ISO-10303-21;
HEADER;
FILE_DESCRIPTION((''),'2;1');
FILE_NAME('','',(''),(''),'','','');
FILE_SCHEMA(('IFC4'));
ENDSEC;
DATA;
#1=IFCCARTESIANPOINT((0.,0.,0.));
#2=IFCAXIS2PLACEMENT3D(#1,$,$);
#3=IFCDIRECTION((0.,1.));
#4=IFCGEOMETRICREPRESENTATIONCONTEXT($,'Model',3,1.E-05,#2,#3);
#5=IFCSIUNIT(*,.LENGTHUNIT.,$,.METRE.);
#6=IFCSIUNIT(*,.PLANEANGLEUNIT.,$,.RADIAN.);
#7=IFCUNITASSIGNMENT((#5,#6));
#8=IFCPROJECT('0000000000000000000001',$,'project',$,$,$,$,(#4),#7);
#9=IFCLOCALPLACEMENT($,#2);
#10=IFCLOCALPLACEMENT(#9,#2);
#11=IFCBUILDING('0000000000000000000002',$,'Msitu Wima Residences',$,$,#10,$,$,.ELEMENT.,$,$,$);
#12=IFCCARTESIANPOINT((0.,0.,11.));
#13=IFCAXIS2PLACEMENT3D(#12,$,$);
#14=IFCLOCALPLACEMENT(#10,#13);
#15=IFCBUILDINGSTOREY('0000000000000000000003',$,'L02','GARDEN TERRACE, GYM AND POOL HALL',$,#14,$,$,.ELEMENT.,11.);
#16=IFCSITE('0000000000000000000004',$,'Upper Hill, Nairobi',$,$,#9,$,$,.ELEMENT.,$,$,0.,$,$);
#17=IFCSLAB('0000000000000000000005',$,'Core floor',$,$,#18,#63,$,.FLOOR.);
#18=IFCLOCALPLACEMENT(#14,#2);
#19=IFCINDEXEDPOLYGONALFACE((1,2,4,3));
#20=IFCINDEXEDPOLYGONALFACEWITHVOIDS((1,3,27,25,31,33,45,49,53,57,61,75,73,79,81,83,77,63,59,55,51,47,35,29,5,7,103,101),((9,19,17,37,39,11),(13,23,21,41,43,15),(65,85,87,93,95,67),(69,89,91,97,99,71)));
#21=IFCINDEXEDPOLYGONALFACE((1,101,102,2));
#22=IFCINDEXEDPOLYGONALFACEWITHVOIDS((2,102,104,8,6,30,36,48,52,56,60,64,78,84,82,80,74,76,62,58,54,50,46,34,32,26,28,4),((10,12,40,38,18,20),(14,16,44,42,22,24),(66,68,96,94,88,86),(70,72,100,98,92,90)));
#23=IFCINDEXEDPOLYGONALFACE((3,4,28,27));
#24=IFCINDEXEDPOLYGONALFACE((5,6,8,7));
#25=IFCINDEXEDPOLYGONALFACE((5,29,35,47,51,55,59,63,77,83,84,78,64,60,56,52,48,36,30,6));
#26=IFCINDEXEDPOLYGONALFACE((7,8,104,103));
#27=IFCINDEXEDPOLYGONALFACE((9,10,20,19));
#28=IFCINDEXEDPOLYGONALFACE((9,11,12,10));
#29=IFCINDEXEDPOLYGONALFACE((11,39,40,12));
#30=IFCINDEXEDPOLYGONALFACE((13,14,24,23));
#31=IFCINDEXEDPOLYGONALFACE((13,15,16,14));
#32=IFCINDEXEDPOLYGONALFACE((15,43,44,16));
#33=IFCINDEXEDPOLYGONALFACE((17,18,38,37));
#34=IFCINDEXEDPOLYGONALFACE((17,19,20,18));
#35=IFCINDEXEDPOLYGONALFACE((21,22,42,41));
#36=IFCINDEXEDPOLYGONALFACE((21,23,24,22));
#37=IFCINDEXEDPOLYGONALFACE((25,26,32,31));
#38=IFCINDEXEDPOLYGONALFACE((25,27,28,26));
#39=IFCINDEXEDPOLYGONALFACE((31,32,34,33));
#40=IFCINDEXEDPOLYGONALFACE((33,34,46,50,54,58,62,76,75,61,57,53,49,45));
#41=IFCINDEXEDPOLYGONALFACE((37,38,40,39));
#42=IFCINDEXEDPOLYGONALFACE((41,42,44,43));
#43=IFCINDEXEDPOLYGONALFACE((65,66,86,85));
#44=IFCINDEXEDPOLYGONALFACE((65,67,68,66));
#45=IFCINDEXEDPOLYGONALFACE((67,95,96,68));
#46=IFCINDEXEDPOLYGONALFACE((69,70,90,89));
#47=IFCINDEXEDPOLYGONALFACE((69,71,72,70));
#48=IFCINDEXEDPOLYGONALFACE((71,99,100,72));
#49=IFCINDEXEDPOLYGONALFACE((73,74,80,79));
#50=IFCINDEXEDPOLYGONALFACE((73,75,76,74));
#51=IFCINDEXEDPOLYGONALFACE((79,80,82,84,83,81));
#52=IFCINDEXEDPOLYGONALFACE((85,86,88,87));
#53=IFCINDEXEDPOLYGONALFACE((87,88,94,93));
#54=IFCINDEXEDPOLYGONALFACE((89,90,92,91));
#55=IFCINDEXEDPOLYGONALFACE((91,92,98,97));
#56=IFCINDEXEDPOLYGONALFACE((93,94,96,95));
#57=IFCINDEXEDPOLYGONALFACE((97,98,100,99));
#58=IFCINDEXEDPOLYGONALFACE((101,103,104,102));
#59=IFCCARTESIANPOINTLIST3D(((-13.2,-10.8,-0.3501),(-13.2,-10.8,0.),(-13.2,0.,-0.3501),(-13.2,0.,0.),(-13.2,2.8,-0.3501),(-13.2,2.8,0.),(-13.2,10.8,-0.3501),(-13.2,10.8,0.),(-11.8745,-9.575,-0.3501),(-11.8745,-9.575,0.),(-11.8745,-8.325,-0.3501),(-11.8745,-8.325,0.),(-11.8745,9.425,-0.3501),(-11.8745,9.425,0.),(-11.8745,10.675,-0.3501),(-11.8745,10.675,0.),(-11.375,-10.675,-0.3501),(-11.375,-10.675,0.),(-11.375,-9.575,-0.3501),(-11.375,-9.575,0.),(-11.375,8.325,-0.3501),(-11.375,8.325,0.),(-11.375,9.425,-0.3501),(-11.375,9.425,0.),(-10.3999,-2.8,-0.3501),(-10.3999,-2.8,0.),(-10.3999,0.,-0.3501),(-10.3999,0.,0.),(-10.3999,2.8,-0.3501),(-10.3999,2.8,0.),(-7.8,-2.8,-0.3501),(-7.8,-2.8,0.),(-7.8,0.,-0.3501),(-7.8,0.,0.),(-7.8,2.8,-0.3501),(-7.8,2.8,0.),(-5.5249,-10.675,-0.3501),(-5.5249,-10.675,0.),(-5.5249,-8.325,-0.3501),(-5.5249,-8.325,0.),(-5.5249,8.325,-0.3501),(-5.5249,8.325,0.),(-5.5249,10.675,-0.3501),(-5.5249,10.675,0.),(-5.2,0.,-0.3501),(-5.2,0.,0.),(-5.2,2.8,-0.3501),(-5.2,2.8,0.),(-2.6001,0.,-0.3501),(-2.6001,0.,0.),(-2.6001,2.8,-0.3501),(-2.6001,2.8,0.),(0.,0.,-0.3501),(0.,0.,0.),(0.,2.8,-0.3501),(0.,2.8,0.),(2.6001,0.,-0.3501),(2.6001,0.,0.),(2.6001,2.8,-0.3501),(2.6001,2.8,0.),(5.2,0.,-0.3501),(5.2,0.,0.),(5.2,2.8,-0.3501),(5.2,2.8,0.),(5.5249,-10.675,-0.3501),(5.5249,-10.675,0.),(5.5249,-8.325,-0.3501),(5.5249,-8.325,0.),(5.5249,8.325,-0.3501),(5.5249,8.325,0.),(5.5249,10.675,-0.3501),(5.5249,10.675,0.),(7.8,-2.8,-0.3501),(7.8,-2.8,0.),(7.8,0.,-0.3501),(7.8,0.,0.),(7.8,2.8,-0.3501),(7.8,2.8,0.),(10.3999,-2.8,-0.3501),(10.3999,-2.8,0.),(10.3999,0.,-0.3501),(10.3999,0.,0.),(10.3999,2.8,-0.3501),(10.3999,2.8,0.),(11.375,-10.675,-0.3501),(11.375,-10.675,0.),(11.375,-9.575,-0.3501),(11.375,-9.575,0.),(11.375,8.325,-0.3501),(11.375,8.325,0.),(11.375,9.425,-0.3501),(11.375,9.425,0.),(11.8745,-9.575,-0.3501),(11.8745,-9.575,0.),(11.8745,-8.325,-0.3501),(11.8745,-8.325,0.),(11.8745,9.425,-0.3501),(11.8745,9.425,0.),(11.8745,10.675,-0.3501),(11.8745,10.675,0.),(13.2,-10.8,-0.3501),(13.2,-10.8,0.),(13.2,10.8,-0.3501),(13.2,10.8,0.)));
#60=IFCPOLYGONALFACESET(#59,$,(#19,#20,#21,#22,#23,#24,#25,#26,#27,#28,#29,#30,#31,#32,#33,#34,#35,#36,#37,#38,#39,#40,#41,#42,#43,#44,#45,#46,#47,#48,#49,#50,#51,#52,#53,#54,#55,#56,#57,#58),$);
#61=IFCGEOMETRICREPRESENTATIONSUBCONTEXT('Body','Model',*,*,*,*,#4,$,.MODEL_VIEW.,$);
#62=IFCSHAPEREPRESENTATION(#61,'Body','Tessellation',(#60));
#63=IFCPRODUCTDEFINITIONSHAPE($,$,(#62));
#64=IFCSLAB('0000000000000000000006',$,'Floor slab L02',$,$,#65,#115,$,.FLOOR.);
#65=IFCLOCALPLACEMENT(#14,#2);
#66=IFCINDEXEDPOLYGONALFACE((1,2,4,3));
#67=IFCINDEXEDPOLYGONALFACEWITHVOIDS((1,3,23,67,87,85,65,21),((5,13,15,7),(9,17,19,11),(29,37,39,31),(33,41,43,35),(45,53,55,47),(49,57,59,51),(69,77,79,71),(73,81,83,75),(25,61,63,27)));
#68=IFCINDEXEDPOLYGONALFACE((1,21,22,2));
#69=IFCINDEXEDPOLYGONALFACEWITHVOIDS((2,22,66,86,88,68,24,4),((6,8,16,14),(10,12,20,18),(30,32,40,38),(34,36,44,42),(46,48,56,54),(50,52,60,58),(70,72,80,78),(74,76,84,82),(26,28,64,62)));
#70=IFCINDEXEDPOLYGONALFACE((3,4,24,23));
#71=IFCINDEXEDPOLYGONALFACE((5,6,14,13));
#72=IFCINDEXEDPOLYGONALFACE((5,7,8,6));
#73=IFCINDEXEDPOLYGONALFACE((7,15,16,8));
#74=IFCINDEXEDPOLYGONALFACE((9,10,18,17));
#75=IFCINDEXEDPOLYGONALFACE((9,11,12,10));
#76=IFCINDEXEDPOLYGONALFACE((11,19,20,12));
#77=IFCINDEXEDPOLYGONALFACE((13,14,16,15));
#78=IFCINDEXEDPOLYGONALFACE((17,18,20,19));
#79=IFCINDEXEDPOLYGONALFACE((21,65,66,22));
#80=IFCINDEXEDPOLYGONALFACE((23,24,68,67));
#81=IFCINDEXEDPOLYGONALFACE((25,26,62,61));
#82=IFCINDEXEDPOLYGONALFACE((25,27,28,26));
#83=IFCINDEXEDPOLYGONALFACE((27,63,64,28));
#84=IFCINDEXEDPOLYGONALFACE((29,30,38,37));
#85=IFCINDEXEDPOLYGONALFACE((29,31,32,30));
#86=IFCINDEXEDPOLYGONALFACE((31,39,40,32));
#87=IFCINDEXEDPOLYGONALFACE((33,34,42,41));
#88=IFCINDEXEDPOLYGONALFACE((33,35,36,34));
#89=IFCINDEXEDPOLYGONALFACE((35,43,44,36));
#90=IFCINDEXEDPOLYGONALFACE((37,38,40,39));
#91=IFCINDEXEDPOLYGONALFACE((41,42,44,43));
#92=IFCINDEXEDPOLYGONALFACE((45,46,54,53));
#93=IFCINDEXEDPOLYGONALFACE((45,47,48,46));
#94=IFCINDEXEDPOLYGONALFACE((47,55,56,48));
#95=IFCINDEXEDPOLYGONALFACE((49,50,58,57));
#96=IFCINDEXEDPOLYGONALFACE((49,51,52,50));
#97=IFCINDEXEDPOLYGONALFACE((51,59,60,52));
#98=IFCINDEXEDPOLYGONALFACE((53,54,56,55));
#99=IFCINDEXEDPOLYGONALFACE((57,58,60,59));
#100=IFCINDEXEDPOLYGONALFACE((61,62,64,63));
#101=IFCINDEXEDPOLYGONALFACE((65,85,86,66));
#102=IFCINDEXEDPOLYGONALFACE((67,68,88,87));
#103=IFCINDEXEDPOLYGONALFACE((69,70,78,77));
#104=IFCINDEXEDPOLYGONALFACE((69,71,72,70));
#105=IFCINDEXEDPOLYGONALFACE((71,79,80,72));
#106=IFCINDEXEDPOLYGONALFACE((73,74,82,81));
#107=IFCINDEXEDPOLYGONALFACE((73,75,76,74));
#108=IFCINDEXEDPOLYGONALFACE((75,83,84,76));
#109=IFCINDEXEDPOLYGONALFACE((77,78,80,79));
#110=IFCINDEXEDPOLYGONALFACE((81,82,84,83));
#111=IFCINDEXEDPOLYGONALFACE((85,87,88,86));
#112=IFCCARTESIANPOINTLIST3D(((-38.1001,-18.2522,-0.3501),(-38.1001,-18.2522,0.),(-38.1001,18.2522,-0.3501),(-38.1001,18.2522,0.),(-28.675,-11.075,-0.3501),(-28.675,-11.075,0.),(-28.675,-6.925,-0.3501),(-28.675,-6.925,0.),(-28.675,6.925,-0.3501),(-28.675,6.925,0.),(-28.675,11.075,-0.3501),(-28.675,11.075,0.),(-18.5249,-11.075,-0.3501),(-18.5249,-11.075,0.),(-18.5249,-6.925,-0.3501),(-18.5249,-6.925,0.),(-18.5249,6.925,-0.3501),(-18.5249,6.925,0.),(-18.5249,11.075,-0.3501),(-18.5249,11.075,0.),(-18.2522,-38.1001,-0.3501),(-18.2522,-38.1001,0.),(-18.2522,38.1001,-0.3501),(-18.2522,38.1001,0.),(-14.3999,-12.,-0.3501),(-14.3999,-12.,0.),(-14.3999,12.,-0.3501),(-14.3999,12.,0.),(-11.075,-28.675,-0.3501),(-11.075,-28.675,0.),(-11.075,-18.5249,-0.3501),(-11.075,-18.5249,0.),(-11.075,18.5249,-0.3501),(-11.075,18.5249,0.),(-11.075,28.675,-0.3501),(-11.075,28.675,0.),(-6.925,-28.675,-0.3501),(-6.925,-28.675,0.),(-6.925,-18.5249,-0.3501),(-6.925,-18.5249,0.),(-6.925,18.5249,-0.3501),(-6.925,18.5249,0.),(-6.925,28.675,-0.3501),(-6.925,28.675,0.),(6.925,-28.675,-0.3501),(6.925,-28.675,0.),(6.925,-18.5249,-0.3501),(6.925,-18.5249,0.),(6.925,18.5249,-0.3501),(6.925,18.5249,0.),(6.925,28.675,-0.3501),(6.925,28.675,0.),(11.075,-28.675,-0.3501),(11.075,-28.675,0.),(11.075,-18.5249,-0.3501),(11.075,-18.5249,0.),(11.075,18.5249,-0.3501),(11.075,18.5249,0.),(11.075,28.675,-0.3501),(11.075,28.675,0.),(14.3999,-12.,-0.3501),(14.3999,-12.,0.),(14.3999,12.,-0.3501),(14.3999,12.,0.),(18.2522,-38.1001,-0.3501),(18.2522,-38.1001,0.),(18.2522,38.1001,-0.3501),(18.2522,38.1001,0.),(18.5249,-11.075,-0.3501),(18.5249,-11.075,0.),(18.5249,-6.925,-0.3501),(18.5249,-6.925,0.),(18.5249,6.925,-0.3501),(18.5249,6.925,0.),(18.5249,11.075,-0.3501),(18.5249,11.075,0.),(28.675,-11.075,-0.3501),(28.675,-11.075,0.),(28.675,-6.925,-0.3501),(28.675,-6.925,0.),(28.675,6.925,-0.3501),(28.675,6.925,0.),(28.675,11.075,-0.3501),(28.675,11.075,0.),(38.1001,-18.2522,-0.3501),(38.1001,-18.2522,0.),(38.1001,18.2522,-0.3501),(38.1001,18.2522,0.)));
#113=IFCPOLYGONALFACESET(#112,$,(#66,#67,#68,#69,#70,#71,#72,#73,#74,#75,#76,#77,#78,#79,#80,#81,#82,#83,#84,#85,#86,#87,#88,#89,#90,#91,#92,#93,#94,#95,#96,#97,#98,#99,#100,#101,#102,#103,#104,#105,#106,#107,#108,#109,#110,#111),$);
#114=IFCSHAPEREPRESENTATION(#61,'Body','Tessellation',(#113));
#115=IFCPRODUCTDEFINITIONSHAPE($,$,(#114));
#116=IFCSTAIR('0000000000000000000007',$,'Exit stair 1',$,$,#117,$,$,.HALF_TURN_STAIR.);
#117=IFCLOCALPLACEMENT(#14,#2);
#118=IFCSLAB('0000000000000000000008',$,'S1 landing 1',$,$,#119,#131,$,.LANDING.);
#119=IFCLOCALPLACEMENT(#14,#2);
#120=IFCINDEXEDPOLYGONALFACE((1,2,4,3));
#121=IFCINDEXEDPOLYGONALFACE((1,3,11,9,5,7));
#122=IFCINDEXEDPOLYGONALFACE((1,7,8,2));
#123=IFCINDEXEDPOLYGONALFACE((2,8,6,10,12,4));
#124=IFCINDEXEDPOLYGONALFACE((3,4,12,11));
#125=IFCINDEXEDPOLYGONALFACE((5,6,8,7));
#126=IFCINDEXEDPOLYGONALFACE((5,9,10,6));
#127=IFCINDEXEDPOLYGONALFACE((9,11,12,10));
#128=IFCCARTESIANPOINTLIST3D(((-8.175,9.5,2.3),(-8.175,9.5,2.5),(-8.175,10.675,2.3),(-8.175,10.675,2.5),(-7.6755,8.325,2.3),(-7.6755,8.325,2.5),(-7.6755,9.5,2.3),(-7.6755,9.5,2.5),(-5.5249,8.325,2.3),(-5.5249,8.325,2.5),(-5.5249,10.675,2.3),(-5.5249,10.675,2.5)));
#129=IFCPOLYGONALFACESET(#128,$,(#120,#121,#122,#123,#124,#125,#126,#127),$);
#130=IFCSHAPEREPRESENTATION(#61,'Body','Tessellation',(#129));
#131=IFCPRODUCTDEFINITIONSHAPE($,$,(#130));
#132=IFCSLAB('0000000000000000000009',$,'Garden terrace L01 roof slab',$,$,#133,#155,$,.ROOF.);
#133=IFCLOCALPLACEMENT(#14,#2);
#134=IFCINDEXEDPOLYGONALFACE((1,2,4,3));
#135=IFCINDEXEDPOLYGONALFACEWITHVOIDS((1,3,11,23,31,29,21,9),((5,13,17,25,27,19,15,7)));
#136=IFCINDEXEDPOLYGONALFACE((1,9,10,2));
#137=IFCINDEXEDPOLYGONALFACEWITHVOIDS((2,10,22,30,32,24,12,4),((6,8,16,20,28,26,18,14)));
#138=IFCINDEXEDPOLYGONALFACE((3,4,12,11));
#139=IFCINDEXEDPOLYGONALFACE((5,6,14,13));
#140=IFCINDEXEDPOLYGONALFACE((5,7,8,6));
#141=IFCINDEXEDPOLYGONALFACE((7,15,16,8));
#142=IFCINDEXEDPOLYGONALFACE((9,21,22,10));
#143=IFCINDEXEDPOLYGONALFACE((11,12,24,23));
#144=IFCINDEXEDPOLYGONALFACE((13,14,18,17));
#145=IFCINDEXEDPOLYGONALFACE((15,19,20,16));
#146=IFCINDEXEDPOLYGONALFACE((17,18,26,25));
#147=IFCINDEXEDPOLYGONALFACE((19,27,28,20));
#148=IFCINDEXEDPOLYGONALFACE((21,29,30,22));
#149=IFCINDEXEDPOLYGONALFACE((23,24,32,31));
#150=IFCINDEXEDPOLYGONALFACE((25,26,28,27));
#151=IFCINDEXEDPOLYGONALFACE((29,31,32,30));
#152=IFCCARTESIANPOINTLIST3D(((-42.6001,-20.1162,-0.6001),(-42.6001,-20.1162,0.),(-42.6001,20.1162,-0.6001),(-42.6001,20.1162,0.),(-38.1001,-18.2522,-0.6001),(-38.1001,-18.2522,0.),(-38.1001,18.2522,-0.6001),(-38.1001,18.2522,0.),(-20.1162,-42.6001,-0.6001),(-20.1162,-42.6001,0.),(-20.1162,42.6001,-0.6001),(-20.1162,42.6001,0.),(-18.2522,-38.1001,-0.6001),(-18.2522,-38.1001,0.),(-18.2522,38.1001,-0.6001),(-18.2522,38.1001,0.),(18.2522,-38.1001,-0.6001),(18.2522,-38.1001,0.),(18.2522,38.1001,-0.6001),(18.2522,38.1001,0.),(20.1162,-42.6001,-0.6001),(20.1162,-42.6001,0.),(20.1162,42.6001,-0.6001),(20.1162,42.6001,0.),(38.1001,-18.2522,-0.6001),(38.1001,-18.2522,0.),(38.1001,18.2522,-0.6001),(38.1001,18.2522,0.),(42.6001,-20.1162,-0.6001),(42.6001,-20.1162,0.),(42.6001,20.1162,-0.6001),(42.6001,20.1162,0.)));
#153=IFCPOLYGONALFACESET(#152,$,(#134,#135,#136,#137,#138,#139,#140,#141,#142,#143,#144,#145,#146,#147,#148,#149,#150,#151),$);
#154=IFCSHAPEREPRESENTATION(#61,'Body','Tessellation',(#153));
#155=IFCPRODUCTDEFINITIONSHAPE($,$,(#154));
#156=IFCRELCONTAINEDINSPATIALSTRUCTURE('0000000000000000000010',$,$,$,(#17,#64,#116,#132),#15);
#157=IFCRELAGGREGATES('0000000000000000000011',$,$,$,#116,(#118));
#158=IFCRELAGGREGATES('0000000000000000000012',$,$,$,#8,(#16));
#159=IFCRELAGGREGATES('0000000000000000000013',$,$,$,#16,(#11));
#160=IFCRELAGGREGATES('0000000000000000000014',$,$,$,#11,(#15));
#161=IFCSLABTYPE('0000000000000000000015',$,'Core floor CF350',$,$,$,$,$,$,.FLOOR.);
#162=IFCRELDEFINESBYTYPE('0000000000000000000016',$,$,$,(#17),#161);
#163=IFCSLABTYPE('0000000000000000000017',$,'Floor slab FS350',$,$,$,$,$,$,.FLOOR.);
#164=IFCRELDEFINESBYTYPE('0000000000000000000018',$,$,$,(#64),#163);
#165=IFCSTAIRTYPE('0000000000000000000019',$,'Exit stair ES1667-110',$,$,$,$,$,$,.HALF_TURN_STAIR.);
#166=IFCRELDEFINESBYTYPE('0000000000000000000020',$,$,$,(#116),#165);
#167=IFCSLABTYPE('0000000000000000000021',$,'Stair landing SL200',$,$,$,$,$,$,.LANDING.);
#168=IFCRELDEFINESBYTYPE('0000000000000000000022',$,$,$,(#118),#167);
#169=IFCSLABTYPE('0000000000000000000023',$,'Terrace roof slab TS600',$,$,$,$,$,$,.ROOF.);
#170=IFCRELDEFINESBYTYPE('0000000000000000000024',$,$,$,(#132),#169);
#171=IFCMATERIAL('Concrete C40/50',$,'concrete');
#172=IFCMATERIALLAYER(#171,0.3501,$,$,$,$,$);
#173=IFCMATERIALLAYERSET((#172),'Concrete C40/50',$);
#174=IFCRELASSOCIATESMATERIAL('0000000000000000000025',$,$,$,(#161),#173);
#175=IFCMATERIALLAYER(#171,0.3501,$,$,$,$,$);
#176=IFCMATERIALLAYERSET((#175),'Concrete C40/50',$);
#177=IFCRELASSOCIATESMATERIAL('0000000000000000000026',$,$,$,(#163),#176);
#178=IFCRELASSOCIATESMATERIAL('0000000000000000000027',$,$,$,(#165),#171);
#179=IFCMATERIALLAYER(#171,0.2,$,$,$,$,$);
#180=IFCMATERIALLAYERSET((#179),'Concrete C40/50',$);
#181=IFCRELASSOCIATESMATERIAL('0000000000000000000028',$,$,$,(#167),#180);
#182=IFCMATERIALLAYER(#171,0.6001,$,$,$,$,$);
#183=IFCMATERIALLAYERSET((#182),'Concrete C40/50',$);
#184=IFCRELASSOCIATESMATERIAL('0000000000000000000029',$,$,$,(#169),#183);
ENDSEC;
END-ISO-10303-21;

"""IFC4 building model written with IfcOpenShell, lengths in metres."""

from ifc_helpers import new_model, si_unit, direction, frame, origin, place, context, subcontext, project, spatial, polyline, outline, extrude, material, layer, layer_set, type_object, element, aggregate, save


model = new_model("IFC4")

# Units and contexts
model_context = context("Model", 3, precision=1e-05, world=origin(), true_north=direction((0.0, 1.0)))
body_context = subcontext(model_context, "Body", "Model", "MODEL_VIEW")
ifc_project = project(units=[si_unit("LENGTHUNIT", "METRE"), si_unit("PLANEANGLEUNIT", "RADIAN")], contexts=[model_context])

# Site, building, storey
site_placement = place(None, origin())
site = spatial("IfcSite", under=ifc_project, at=site_placement, Name="Upper Hill, Nairobi", CompositionType="ELEMENT", RefElevation=0.0)
building_placement = place(site_placement, origin())
building = spatial("IfcBuilding", under=site, at=building_placement, Name="Msitu Wima Residences", CompositionType="ELEMENT")
storey_placement = place(building_placement, frame((0.0, 0.0, 11.0)))
storey = spatial("IfcBuildingStorey", under=building, at=storey_placement, Name="L02", Description="GARDEN TERRACE, GYM AND POOL HALL", CompositionType="ELEMENT", Elevation=11.0)

# Slabs
ifc_material_1 = material(Name="Concrete C40/50", Category="concrete")
ifc_layer_1 = layer(ifc_material_1, 0.3501)
ifc_layer_set_1 = layer_set([ifc_layer_1], Name="Concrete C40/50")
slab_type_1 = type_object("IfcSlabType", Name="Core floor CF350", PredefinedType="FLOOR", material=ifc_layer_set_1)
slab_1_placement = place(storey_placement, frame((0.0, 0.0, -0.3501)))
element("IfcSlab", 1, at=slab_1_placement, inside=storey, type_object=slab_type_1, Name="Core floor", PredefinedType="FLOOR", context=body_context, shape_type="SweptSolid", body=[
    extrude(outline(polyline([(-13.2, 10.8), (-13.2, 2.8), (-10.3999, 2.8), (-7.8, 2.8), (-5.2, 2.8), (-2.6001, 2.8), (0.0, 2.8), (2.6001, 2.8), (5.2, 2.8), (7.8, 2.8), (10.3999, 2.8), (10.3999, 0.0), (10.3999, -2.8), (7.8, -2.8), (7.8, 0.0), (5.2, 0.0), (2.6001, 0.0), (0.0, 0.0), (-2.6001, 0.0), (-5.2, 0.0), (-7.8, 0.0), (-7.8, -2.8), (-10.3999, -2.8), (-10.3999, 0.0), (-13.2, 0.0), (-13.2, -10.8), (13.2, -10.8), (13.2, 10.8), (-13.2, 10.8)]), holes=[polyline([(-11.375, -10.675), (-11.375, -9.575), (-11.8745, -9.575), (-11.8745, -8.325), (-5.5249, -8.325), (-5.5249, -10.675), (-11.375, -10.675)]), polyline([(-11.375, 9.425), (-11.8745, 9.425), (-11.8745, 10.675), (-5.5249, 10.675), (-5.5249, 8.325), (-11.375, 8.325), (-11.375, 9.425)]), polyline([(11.375, -9.575), (11.375, -10.675), (5.5249, -10.675), (5.5249, -8.325), (11.8745, -8.325), (11.8745, -9.575), (11.375, -9.575)]), polyline([(11.375, 9.425), (11.375, 8.325), (5.5249, 8.325), (5.5249, 10.675), (11.8745, 10.675), (11.8745, 9.425), (11.375, 9.425)])]), origin(), (0.0, 0.0, 1.0), 0.3501),
])
ifc_layer_2 = layer(ifc_material_1, 0.3501)
ifc_layer_set_2 = layer_set([ifc_layer_2], Name="Concrete C40/50")
slab_type_2 = type_object("IfcSlabType", Name="Floor slab FS350", PredefinedType="FLOOR", material=ifc_layer_set_2)
slab_2_placement = place(storey_placement, frame((0.0, 0.0, -0.3501)))
element("IfcSlab", 2, at=slab_2_placement, inside=storey, type_object=slab_type_2, Name="Floor slab L02", PredefinedType="FLOOR", context=body_context, shape_type="SweptSolid", body=[
    extrude(outline(polyline([(18.2522, -38.1001), (-18.2522, -38.1001), (-38.1001, -18.2522), (-38.1001, 18.2522), (-18.2522, 38.1001), (18.2522, 38.1001), (38.1001, 18.2522), (38.1001, -18.2522), (18.2522, -38.1001)]), holes=[polyline([(14.3999, 12.0), (-14.3999, 12.0), (-14.3999, -12.0), (14.3999, -12.0), (14.3999, 12.0)]), polyline([(18.5249, 6.925), (28.675, 6.925), (28.675, 11.075), (18.5249, 11.075), (18.5249, 6.925)]), polyline([(28.675, -6.925), (18.5249, -6.925), (18.5249, -11.075), (28.675, -11.075), (28.675, -6.925)]), polyline([(-11.075, 28.675), (-11.075, 18.5249), (-6.925, 18.5249), (-6.925, 28.675), (-11.075, 28.675)]), polyline([(11.075, 18.5249), (11.075, 28.675), (6.925, 28.675), (6.925, 18.5249), (11.075, 18.5249)]), polyline([(-18.5249, -6.925), (-28.675, -6.925), (-28.675, -11.075), (-18.5249, -11.075), (-18.5249, -6.925)]), polyline([(-28.675, 6.925), (-18.5249, 6.925), (-18.5249, 11.075), (-28.675, 11.075), (-28.675, 6.925)]), polyline([(11.075, -28.675), (11.075, -18.5249), (6.925, -18.5249), (6.925, -28.675), (11.075, -28.675)]), polyline([(-11.075, -18.5249), (-11.075, -28.675), (-6.925, -28.675), (-6.925, -18.5249), (-11.075, -18.5249)])]), origin(), (0.0, 0.0, 1.0), 0.3501),
])

# Stair, slab
stair_type = type_object("IfcStairType", Name="Exit stair ES1667-110", PredefinedType="HALF_TURN_STAIR", material=ifc_material_1)
stair_1_placement = place(storey_placement, origin())
stair_1 = element("IfcStair", 3, at=stair_1_placement, inside=storey, type_object=stair_type, Name="Exit stair 1", PredefinedType="HALF_TURN_STAIR")
ifc_layer_3 = layer(ifc_material_1, 0.2)
ifc_layer_set_3 = layer_set([ifc_layer_3], Name="Concrete C40/50")
slab_type_3 = type_object("IfcSlabType", Name="Stair landing SL200", PredefinedType="LANDING", material=ifc_layer_set_3)
slab_3_placement = place(storey_placement, frame((0.0, 0.0, 2.3)))
slab_3 = element("IfcSlab", 4, at=slab_3_placement, type_object=slab_type_3, Name="S1 landing 1", PredefinedType="LANDING", context=body_context, shape_type="SweptSolid", body=[
    extrude(outline(polyline([(-5.5249, 8.325), (-7.6755, 8.325), (-7.6755, 9.5), (-8.175, 9.5), (-8.175, 10.675), (-5.5249, 10.675), (-5.5249, 8.325)])), origin(), (0.0, 0.0, 1.0), 0.2),
])
aggregate(stair_1, [slab_3])

# Slab
ifc_layer_4 = layer(ifc_material_1, 0.6001)
ifc_layer_set_4 = layer_set([ifc_layer_4], Name="Concrete C40/50")
slab_type_4 = type_object("IfcSlabType", Name="Terrace roof slab TS600", PredefinedType="ROOF", material=ifc_layer_set_4)
slab_4_placement = place(storey_placement, frame((0.0, 0.0, -0.6001)))
element("IfcSlab", 5, at=slab_4_placement, inside=storey, type_object=slab_type_4, Name="Garden terrace L01 roof slab", PredefinedType="ROOF", context=body_context, shape_type="SweptSolid", body=[
    extrude(outline(polyline([(20.1162, -42.6001), (-20.1162, -42.6001), (-42.6001, -20.1162), (-42.6001, 20.1162), (-20.1162, 42.6001), (20.1162, 42.6001), (42.6001, 20.1162), (42.6001, -20.1162), (20.1162, -42.6001)]), holes=[polyline([(38.1001, 18.2522), (18.2522, 38.1001), (-18.2522, 38.1001), (-38.1001, 18.2522), (-38.1001, -18.2522), (-18.2522, -38.1001), (18.2522, -38.1001), (38.1001, -18.2522), (38.1001, 18.2522)])]), origin(), (0.0, 0.0, 1.0), 0.6001),
])

save(model, "model.ifc")
